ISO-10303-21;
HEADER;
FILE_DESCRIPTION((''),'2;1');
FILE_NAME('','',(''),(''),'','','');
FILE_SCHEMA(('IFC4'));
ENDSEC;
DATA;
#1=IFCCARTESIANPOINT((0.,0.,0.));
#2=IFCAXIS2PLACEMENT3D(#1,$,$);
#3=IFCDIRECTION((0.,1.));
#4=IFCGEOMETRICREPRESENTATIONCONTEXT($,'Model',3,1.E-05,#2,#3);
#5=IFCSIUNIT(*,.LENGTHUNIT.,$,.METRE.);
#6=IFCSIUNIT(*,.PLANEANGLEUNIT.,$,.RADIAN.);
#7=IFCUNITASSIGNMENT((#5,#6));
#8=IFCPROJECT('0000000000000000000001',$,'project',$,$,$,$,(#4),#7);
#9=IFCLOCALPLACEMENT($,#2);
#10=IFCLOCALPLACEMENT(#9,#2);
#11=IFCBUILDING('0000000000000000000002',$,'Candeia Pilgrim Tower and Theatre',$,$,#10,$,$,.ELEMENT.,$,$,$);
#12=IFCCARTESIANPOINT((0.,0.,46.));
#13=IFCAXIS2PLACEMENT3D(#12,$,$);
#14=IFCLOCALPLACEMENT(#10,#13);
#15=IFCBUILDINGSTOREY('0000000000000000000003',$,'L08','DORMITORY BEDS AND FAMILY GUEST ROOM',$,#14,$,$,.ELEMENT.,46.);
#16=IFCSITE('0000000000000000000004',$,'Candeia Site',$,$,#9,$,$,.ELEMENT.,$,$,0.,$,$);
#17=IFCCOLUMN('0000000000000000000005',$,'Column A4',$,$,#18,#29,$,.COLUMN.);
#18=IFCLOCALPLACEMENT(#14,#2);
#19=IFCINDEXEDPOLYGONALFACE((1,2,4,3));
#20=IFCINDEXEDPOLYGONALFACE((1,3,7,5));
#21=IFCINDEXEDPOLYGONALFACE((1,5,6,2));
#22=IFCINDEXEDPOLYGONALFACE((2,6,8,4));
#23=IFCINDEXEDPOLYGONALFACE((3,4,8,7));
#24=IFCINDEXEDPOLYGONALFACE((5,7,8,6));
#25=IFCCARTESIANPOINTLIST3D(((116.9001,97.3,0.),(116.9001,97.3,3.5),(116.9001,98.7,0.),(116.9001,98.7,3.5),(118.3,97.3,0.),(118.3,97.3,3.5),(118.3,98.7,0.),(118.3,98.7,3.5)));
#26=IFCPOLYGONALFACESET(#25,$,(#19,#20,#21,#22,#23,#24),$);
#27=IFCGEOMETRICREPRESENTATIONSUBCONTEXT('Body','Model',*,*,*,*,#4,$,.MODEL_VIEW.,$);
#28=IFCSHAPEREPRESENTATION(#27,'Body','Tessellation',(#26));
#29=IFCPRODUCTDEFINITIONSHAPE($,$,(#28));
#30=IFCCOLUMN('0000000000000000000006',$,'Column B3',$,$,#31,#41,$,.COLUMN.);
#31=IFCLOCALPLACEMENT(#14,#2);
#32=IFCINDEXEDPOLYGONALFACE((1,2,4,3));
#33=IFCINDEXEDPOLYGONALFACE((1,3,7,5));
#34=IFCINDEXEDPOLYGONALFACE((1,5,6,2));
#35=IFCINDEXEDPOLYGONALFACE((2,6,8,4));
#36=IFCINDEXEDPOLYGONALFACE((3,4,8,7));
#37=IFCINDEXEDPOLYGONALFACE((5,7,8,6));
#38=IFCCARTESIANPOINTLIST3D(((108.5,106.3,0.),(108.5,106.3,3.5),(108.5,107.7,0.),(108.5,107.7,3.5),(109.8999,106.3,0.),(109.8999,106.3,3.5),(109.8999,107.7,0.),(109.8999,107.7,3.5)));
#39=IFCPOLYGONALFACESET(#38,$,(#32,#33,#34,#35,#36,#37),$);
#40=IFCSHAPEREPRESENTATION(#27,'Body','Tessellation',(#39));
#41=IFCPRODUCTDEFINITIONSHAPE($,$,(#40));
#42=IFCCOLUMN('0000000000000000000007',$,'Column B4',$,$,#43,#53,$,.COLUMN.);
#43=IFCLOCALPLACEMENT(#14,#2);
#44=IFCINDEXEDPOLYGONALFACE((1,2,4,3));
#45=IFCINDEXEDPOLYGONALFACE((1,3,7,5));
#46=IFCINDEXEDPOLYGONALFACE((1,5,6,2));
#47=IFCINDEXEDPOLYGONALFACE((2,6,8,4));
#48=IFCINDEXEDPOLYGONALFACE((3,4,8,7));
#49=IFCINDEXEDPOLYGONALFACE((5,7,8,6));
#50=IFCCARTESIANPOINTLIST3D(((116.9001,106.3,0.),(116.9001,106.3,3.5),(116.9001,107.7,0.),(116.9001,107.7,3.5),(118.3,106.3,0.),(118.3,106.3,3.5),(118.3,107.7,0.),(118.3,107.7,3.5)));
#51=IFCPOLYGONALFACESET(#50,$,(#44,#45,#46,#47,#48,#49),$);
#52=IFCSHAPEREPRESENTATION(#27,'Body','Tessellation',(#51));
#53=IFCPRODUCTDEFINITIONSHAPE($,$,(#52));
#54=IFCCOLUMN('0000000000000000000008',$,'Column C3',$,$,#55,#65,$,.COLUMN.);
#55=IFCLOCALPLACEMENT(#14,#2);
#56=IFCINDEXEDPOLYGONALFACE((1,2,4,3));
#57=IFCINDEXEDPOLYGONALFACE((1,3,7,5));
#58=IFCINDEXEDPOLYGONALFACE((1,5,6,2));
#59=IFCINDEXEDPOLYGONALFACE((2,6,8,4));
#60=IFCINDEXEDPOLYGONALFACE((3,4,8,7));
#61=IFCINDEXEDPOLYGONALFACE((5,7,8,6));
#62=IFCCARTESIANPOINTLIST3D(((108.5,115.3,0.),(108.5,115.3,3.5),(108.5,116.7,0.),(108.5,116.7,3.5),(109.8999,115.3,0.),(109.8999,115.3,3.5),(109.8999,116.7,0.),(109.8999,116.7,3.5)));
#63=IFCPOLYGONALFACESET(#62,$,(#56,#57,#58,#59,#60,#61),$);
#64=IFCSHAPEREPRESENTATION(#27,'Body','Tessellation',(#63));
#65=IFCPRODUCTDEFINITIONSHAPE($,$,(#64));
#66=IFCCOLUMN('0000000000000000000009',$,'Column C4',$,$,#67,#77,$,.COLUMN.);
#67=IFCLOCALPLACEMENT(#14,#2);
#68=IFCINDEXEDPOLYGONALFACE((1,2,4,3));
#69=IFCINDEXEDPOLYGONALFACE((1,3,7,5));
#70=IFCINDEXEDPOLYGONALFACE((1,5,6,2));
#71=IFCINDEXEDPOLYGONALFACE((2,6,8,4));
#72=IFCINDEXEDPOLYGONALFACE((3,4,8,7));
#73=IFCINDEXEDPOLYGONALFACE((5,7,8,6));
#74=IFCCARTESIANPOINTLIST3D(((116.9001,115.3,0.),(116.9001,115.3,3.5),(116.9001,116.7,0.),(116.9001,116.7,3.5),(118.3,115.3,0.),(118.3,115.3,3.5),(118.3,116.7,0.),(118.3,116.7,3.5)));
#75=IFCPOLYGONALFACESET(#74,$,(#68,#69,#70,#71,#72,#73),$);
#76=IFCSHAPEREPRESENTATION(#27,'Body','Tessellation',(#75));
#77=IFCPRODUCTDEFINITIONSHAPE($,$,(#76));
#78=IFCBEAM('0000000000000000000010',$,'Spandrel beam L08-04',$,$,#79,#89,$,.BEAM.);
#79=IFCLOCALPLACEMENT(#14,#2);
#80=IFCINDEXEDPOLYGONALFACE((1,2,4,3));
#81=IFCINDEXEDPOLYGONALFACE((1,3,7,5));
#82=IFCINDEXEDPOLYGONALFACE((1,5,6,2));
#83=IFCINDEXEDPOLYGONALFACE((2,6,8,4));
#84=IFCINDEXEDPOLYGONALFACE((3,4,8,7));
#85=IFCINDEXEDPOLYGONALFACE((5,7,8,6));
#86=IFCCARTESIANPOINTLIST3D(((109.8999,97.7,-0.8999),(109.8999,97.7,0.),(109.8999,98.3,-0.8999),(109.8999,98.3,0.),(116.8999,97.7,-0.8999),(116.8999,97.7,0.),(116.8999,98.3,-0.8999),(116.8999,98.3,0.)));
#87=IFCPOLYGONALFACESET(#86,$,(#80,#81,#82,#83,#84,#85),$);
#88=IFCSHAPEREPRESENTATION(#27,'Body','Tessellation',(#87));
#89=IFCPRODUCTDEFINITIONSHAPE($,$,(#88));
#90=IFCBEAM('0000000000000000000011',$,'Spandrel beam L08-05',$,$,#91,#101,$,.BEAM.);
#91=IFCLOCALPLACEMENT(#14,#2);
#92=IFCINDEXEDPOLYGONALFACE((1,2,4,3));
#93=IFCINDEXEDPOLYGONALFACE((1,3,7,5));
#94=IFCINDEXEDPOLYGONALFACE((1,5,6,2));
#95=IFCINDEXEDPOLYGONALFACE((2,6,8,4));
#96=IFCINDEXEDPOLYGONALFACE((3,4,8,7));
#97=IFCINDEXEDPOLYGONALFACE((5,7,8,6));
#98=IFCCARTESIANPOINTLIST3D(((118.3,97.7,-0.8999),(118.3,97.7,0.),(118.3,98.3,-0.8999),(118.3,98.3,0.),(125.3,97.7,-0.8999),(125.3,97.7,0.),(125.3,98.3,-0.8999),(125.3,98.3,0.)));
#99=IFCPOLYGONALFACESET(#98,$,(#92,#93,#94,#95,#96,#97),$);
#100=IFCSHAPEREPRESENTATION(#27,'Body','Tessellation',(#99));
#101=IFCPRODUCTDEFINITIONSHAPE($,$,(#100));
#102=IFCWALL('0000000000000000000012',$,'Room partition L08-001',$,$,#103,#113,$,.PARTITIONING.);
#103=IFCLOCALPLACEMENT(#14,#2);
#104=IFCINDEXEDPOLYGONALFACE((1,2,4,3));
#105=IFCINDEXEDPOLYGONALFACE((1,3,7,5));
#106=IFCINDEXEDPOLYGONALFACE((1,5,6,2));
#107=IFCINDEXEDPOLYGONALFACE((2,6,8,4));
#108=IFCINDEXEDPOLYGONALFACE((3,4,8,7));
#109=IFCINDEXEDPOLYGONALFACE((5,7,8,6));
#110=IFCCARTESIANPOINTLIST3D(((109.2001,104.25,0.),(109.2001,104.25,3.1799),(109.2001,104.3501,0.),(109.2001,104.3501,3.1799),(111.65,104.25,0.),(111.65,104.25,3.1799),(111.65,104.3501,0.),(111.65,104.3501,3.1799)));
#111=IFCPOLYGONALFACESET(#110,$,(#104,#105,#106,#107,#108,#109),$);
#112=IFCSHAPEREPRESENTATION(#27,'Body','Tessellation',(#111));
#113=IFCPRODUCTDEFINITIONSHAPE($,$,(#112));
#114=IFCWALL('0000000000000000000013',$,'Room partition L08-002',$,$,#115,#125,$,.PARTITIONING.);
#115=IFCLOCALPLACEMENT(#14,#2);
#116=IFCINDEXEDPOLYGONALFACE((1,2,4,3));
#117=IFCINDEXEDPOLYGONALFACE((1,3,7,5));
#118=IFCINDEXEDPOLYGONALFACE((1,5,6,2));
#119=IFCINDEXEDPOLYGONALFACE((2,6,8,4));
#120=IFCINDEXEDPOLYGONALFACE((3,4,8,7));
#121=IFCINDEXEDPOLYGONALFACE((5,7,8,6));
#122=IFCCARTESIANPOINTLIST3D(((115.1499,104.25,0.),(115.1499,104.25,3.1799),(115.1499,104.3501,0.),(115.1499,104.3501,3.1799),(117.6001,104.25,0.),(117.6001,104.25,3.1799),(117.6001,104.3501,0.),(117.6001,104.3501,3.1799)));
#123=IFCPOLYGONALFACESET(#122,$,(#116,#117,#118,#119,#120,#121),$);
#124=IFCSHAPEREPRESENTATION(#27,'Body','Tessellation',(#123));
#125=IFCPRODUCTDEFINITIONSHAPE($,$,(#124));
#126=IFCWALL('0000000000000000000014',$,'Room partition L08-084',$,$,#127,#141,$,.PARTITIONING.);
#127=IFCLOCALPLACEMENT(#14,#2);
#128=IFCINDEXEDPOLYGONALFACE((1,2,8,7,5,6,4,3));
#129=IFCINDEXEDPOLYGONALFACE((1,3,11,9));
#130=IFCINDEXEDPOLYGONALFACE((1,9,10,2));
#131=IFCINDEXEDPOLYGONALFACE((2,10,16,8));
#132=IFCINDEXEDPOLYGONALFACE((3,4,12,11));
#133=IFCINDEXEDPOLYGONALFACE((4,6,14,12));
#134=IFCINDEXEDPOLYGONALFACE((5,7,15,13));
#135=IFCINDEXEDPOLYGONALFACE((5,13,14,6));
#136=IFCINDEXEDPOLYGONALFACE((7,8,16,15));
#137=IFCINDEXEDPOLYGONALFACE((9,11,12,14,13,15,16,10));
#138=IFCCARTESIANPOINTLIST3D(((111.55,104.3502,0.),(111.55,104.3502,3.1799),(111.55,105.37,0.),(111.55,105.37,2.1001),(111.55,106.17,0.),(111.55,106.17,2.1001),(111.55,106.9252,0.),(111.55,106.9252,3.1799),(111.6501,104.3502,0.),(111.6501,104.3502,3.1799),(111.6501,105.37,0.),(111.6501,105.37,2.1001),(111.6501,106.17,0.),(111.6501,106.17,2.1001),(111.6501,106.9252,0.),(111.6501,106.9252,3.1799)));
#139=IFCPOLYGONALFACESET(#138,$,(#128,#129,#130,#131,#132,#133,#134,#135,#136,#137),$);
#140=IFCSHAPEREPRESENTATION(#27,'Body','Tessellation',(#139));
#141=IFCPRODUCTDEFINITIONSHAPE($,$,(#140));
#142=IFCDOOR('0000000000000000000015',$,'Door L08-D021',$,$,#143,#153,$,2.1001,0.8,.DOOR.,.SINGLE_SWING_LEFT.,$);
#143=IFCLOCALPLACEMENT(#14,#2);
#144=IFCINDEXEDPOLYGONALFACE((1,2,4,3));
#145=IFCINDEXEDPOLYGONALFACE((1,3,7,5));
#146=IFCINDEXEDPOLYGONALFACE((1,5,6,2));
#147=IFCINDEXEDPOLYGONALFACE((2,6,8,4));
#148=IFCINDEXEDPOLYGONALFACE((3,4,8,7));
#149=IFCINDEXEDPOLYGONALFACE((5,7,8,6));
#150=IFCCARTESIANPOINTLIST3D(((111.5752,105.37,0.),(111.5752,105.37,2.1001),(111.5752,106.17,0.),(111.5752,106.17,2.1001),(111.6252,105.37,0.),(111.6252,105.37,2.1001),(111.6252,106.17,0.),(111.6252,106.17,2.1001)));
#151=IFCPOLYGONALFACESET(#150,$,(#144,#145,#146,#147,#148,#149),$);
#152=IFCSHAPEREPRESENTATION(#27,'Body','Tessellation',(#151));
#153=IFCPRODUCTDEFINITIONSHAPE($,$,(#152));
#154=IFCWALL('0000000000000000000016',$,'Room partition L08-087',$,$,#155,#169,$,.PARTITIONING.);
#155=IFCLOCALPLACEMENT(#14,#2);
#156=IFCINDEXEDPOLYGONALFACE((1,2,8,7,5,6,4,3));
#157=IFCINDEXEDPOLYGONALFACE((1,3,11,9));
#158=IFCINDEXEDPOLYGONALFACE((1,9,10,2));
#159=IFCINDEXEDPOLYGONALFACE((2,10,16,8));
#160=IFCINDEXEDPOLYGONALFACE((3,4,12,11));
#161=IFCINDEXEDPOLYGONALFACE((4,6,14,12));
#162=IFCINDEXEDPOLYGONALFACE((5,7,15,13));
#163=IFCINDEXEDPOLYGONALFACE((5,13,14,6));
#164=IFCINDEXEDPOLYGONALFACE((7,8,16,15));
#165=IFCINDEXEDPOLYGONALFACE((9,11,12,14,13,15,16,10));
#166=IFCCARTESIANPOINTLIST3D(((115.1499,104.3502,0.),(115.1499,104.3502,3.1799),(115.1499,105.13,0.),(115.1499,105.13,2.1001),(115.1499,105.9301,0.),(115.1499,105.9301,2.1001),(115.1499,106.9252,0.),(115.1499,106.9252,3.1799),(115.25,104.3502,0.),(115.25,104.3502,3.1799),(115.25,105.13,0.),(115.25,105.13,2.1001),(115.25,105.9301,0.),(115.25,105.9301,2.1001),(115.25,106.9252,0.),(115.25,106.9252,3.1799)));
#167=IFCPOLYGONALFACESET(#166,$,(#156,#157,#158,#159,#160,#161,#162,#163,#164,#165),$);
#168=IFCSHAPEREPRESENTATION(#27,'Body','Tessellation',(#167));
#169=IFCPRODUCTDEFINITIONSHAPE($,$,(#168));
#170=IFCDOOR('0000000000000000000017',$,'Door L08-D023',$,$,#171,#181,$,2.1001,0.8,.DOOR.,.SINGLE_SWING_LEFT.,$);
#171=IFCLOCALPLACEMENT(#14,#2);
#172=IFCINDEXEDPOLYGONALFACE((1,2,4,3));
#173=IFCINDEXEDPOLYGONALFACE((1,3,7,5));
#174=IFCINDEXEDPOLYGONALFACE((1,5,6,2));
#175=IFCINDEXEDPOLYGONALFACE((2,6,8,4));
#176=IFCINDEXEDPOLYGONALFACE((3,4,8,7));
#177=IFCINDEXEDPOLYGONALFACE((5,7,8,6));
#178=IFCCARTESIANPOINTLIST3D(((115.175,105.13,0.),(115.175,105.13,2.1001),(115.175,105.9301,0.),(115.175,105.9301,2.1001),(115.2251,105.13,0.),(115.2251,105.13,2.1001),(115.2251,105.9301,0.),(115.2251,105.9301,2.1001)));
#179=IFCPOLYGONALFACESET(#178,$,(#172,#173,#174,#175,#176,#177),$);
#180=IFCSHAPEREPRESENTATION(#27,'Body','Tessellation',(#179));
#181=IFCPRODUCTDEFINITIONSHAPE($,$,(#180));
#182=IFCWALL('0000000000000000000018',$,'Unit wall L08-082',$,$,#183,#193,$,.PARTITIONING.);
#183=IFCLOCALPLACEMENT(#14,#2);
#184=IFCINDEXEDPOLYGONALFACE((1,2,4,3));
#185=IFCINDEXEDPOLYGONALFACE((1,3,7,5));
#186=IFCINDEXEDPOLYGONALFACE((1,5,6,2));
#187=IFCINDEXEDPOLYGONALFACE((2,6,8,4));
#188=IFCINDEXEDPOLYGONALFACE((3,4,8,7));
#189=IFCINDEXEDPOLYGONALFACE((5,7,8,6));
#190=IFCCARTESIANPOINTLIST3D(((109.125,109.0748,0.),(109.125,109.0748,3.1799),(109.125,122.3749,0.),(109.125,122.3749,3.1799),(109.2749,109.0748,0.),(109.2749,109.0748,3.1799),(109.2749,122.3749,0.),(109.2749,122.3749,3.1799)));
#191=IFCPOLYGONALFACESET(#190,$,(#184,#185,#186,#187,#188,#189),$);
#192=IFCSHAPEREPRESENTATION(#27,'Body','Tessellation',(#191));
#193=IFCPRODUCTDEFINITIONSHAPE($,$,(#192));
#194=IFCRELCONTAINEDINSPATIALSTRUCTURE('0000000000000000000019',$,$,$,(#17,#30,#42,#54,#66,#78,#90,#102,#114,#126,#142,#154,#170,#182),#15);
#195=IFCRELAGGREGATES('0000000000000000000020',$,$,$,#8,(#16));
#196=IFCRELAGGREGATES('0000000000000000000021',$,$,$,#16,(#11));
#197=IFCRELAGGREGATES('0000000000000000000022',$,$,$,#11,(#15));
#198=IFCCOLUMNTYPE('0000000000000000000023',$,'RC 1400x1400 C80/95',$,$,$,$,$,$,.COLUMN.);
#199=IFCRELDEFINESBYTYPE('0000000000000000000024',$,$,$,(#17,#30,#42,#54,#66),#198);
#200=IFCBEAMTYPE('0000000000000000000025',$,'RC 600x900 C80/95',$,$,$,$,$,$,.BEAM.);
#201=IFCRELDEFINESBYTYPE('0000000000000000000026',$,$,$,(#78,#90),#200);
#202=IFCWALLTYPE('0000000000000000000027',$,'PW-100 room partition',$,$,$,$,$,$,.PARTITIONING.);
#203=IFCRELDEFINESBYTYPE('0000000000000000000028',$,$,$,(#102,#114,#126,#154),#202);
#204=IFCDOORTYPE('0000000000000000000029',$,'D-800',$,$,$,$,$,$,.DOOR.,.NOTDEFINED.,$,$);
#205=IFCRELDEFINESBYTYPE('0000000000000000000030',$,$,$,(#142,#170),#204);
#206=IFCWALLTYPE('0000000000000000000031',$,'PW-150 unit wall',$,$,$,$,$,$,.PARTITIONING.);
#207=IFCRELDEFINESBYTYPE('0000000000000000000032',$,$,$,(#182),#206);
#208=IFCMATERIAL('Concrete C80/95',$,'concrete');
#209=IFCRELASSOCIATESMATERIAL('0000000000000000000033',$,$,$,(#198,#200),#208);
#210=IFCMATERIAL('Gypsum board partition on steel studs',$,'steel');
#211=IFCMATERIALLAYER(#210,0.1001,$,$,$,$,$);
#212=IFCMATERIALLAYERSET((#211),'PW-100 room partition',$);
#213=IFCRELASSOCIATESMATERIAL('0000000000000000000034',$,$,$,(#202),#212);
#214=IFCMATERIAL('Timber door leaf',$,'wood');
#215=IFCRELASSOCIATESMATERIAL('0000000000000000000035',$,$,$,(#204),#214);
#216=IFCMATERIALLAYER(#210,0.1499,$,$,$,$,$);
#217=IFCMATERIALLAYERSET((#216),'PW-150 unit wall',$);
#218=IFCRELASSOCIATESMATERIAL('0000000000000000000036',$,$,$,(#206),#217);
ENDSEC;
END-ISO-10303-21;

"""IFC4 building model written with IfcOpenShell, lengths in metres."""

from ifc_helpers import new_model, si_unit, direction, frame, frame_2d, origin, origin_2d, place, context, subcontext, project, spatial, rectangle, extrude, material, layer, layer_set, material_profile, profile_set, type_object, element, fill, save


model = new_model("IFC4")

# Units and contexts
model_context = context("Model", 3, precision=1e-05, world=origin(), true_north=direction((0.0, 1.0)))
body_context = subcontext(model_context, "Body", "Model", "MODEL_VIEW")
ifc_project = project(units=[si_unit("LENGTHUNIT", "METRE"), si_unit("PLANEANGLEUNIT", "RADIAN")], contexts=[model_context])

# Site, building, storey
site_placement = place(None, origin())
site = spatial("IfcSite", under=ifc_project, at=site_placement, Name="Candeia Site", CompositionType="ELEMENT", RefElevation=0.0)
building_placement = place(site_placement, origin())
building = spatial("IfcBuilding", under=site, at=building_placement, Name="Candeia Pilgrim Tower and Theatre", CompositionType="ELEMENT")
storey_placement = place(building_placement, frame((0.0, 0.0, 46.0)))
storey = spatial("IfcBuildingStorey", under=building, at=storey_placement, Name="L08", Description="DORMITORY BEDS AND FAMILY GUEST ROOM", CompositionType="ELEMENT", Elevation=46.0)

# Columns
ifc_material_1 = material(Name="Concrete C80/95", Category="concrete")
ifc_material_profile_1 = material_profile(ifc_material_1, rectangle(XDim=1.3999, YDim=1.3999, at=origin_2d()))
ifc_profile_set_1 = profile_set([ifc_material_profile_1], Name="Concrete C80/95")
column_type = type_object("IfcColumnType", Name="RC 1400x1400 C80/95", PredefinedType="COLUMN", material=ifc_profile_set_1)
for number, where, z_axis, x_axis, name in (
    (1, (117.6001, 98.0, 0.0), (0.0, 0.0, 1.0), (1.0, 0.0, 0.0), "Column A4"),
    (2, (109.2, 107.0, 0.0), (0.0, 0.0, 1.0), (1.0, 0.0, 0.0), "Column B3"),
    (3, (117.6001, 107.0, 0.0), (0.0, 0.0, 1.0), (1.0, 0.0, 0.0), "Column B4"),
    (4, (109.2, 116.0, 0.0), (0.0, 0.0, 1.0), (1.0, 0.0, 0.0), "Column C3"),
    (5, (117.6001, 116.0, 0.0), (0.0, 0.0, 1.0), (1.0, 0.0, 0.0), "Column C4"),
):
    element("IfcColumn", number, at=place(storey_placement, frame(where, z_axis=z_axis, x_axis=x_axis)), inside=storey, type_object=column_type, Name=name, PredefinedType="COLUMN", context=body_context, shape_type="SweptSolid", body=[
        extrude(rectangle(XDim=1.3999, YDim=1.3999, at=origin_2d()), origin(), (0.0, 0.0, 1.0), 3.5),
    ])

# Beams
ifc_material_profile_2 = material_profile(ifc_material_1, rectangle(XDim=0.6001, YDim=0.8999, at=origin_2d()))
ifc_profile_set_2 = profile_set([ifc_material_profile_2], Name="Concrete C80/95")
beam_type = type_object("IfcBeamType", Name="RC 600x900 C80/95", PredefinedType="BEAM", material=ifc_profile_set_2)
for number, where, z_axis, x_axis, name in (
    (6, (109.8999, 98.0, -0.45), (1.0, 0.0, 0.0), (0.0, 1.0, 0.0), "Spandrel beam L08-04"),
    (7, (118.3, 98.0, -0.45), (1.0, 0.0, 0.0), (0.0, 1.0, 0.0), "Spandrel beam L08-05"),
):
    element("IfcBeam", number, at=place(storey_placement, frame(where, z_axis=z_axis, x_axis=x_axis)), inside=storey, type_object=beam_type, Name=name, PredefinedType="BEAM", context=body_context, shape_type="SweptSolid", body=[
        extrude(rectangle(XDim=0.6001, YDim=0.8999, at=origin_2d()), origin(), (0.0, 0.0, 1.0), 7.0),
    ])

# Walls
ifc_material_2 = material(Name="Gypsum board partition on steel studs", Category="steel")
ifc_layer_1 = layer(ifc_material_2, 0.1001)
ifc_layer_set_1 = layer_set([ifc_layer_1], Name="PW-100 room partition")
wall_type_1 = type_object("IfcWallType", Name="PW-100 room partition", PredefinedType="PARTITIONING", material=ifc_layer_set_1)
wall_1_placement = place(storey_placement, frame((109.2, 104.3, 0.0), z_axis=(0.0, 0.0, 1.0), x_axis=(1.0, 0.0, 0.0)))
element("IfcWall", 8, at=wall_1_placement, inside=storey, type_object=wall_type_1, Name="Room partition L08-001", PredefinedType="PARTITIONING", context=body_context, shape_type="SweptSolid", body=[
    extrude(rectangle(XDim=2.45, YDim=0.1001, at=frame_2d((1.2251, 0.0))), origin(), (0.0, 0.0, 1.0), 3.1799),
])
wall_2_placement = place(storey_placement, frame((115.1499, 104.3, 0.0), z_axis=(0.0, 0.0, 1.0), x_axis=(1.0, 0.0, 0.0)))
element("IfcWall", 9, at=wall_2_placement, inside=storey, type_object=wall_type_1, Name="Room partition L08-002", PredefinedType="PARTITIONING", context=body_context, shape_type="SweptSolid", body=[
    extrude(rectangle(XDim=2.4502, YDim=0.1001, at=frame_2d((1.2251, 0.0))), origin(), (0.0, 0.0, 1.0), 3.1799),
])

# Walls, openings, doors
wall_3_placement = place(storey_placement, frame((111.6001, 104.3501, 0.0), z_axis=(0.0, 0.0, 1.0), x_axis=(0.0, 1.0, 0.0)))
wall_3 = element("IfcWall", 10, at=wall_3_placement, inside=storey, type_object=wall_type_1, Name="Room partition L08-084", PredefinedType="PARTITIONING", context=body_context, shape_type="SweptSolid", body=[
    extrude(rectangle(XDim=2.575, YDim=0.1001, at=frame_2d((1.2876, 0.0))), origin(), (0.0, 0.0, 1.0), 3.1799),
])
opening_1_placement = place(wall_3_placement, frame((1.02, 0.0, 0.0)))
opening_1 = element("IfcOpeningElement", 11, at=opening_1_placement, cuts=wall_3, PredefinedType="OPENING", context=body_context, shape_type="SweptSolid", body=[
    extrude(rectangle(XDim=0.8, YDim=2.1001, at=frame_2d((0.3999, 1.05))), frame((0.0, 0.0601, 0.0), z_axis=(0.0, -1.0, 0.0), x_axis=(1.0, 0.0, 0.0)), (0.0, 0.0, 1.0), 0.1201),
])
ifc_material_3 = material(Name="Timber door leaf", Category="wood")
door_type_1 = type_object("IfcDoorType", Name="D-800", OperationType="NOTDEFINED", PredefinedType="DOOR", material=ifc_material_3)
door_1_placement = place(opening_1_placement, origin())
door_1 = element("IfcDoor", 12, at=door_1_placement, inside=storey, type_object=door_type_1, Name="Door L08-D021", OperationType="SINGLE_SWING_LEFT", OverallHeight=2.1001, OverallWidth=0.8, PredefinedType="DOOR", context=body_context, shape_type="SweptSolid", body=[
    extrude(rectangle(XDim=0.8, YDim=2.1001, at=frame_2d((0.3999, 1.05))), frame((0.0, 0.0249, 0.0), z_axis=(0.0, -1.0, 0.0), x_axis=(1.0, 0.0, 0.0)), (0.0, 0.0, 1.0), 0.05),
])
fill(opening_1, door_1)
wall_4_placement = place(storey_placement, frame((115.2, 104.3501, 0.0), z_axis=(0.0, 0.0, 1.0), x_axis=(0.0, 1.0, 0.0)))
wall_4 = element("IfcWall", 13, at=wall_4_placement, inside=storey, type_object=wall_type_1, Name="Room partition L08-087", PredefinedType="PARTITIONING", context=body_context, shape_type="SweptSolid", body=[
    extrude(rectangle(XDim=2.575, YDim=0.1001, at=frame_2d((1.2876, 0.0))), origin(), (0.0, 0.0, 1.0), 3.1799),
])
opening_2_placement = place(wall_4_placement, frame((0.78, 0.0, 0.0)))
opening_2 = element("IfcOpeningElement", 14, at=opening_2_placement, cuts=wall_4, PredefinedType="OPENING", context=body_context, shape_type="SweptSolid", body=[
    extrude(rectangle(XDim=0.8, YDim=2.1001, at=frame_2d((0.3999, 1.05))), frame((0.0, 0.0601, 0.0), z_axis=(0.0, -1.0, 0.0), x_axis=(1.0, 0.0, 0.0)), (0.0, 0.0, 1.0), 0.1201),
])
door_2_placement = place(opening_2_placement, origin())
door_2 = element("IfcDoor", 15, at=door_2_placement, inside=storey, type_object=door_type_1, Name="Door L08-D023", OperationType="SINGLE_SWING_LEFT", OverallHeight=2.1001, OverallWidth=0.8, PredefinedType="DOOR", context=body_context, shape_type="SweptSolid", body=[
    extrude(rectangle(XDim=0.8, YDim=2.1001, at=frame_2d((0.3999, 1.05))), frame((0.0, 0.0249, 0.0), z_axis=(0.0, -1.0, 0.0), x_axis=(1.0, 0.0, 0.0)), (0.0, 0.0, 1.0), 0.05),
])
fill(opening_2, door_2)

# Wall
ifc_layer_2 = layer(ifc_material_2, 0.1499)
ifc_layer_set_2 = layer_set([ifc_layer_2], Name="PW-150 unit wall")
wall_type_2 = type_object("IfcWallType", Name="PW-150 unit wall", PredefinedType="PARTITIONING", material=ifc_layer_set_2)
wall_5_placement = place(storey_placement, frame((109.2, 109.075, 0.0), z_axis=(0.0, 0.0, 1.0), x_axis=(0.0, 1.0, 0.0)))
element("IfcWall", 16, at=wall_5_placement, inside=storey, type_object=wall_type_2, Name="Unit wall L08-082", PredefinedType="PARTITIONING", context=body_context, shape_type="SweptSolid", body=[
    extrude(rectangle(XDim=13.3, YDim=0.1499, at=frame_2d((6.6499, 0.0))), origin(), (0.0, 0.0, 1.0), 3.1799),
])

save(model, "model.ifc")
